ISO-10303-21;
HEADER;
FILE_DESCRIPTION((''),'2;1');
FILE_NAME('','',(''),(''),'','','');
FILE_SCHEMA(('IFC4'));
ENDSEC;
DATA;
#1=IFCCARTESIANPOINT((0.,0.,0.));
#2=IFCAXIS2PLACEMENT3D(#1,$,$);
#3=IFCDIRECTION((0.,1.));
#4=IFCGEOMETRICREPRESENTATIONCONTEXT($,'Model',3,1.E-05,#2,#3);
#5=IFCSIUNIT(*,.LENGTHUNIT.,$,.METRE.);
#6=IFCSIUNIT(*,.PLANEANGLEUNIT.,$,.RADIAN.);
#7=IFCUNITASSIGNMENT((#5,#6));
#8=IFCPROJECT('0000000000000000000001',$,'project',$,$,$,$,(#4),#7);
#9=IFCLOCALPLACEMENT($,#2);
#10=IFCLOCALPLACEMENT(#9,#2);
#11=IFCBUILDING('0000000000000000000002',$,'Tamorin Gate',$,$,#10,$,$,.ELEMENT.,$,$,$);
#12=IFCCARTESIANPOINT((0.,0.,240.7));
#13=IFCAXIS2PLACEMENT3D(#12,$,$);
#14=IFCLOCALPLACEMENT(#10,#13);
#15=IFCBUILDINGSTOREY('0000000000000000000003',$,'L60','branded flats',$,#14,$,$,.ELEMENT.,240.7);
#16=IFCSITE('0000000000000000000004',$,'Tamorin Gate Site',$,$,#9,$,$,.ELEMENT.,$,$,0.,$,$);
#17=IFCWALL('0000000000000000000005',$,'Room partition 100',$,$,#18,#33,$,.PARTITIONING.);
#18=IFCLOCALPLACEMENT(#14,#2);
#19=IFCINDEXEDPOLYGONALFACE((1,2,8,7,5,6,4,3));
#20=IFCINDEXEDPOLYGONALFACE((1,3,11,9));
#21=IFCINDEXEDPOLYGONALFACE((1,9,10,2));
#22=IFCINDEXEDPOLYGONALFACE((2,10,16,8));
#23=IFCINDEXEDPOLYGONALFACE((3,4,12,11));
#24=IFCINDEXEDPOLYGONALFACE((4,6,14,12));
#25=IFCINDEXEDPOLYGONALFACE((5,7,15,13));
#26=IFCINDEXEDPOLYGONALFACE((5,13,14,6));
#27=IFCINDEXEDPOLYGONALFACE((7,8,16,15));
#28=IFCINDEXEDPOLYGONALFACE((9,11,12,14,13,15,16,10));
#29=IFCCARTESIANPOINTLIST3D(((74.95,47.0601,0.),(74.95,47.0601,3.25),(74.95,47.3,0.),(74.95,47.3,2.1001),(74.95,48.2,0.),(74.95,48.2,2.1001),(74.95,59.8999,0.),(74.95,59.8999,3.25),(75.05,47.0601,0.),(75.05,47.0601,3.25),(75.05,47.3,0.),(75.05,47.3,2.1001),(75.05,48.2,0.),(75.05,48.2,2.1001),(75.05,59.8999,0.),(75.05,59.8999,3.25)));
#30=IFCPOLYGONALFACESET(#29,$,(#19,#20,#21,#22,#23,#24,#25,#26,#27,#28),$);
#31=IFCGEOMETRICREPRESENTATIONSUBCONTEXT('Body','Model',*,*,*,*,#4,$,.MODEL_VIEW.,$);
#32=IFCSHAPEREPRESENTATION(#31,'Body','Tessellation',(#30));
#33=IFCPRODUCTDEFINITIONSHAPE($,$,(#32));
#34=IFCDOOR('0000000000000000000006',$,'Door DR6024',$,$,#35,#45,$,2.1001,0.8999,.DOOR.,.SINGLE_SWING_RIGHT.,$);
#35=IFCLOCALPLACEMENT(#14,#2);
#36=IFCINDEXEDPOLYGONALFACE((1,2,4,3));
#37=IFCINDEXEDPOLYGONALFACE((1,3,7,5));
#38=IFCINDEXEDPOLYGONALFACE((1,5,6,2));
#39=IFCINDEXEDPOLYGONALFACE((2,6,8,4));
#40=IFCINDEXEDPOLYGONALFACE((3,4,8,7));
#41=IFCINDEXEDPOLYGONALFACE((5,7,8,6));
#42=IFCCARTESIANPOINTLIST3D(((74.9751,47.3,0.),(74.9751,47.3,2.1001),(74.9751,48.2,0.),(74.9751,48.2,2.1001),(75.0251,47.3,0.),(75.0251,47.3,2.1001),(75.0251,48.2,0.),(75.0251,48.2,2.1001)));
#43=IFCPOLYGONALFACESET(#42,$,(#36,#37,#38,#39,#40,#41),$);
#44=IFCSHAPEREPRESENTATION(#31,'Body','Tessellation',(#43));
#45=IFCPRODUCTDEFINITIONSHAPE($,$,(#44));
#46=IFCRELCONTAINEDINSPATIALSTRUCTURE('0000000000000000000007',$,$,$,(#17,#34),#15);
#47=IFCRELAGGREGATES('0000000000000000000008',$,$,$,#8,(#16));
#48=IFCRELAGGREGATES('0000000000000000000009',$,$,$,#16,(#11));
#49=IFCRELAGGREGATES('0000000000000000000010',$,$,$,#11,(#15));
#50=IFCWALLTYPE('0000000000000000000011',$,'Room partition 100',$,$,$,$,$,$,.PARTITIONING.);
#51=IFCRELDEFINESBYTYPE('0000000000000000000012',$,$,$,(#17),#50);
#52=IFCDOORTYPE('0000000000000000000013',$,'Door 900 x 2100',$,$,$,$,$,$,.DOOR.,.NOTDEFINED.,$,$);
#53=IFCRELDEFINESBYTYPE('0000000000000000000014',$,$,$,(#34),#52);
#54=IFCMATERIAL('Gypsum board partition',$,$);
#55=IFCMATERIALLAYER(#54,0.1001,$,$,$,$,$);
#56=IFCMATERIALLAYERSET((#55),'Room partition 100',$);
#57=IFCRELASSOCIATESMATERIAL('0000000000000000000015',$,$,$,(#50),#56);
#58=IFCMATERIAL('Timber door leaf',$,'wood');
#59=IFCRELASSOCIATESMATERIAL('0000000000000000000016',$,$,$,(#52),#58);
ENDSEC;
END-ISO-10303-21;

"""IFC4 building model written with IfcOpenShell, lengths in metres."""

from ifc_helpers import new_model, si_unit, direction, frame, frame_2d, origin, place, context, subcontext, project, spatial, rectangle, extrude, material, layer, layer_set, type_object, element, fill, save


model = new_model("IFC4")

# Units and contexts
model_context = context("Model", 3, precision=1e-05, world=origin(), true_north=direction((0.0, 1.0)))
body_context = subcontext(model_context, "Body", "Model", "MODEL_VIEW")
ifc_project = project(units=[si_unit("LENGTHUNIT", "METRE"), si_unit("PLANEANGLEUNIT", "RADIAN")], contexts=[model_context])

# Site, building, storey
site_placement = place(None, origin())
site = spatial("IfcSite", under=ifc_project, at=site_placement, Name="Tamorin Gate Site", CompositionType="ELEMENT", RefElevation=0.0)
building_placement = place(site_placement, origin())
building = spatial("IfcBuilding", under=site, at=building_placement, Name="Tamorin Gate", CompositionType="ELEMENT")
storey_placement = place(building_placement, frame((0.0, 0.0, 240.7)))
storey = spatial("IfcBuildingStorey", under=building, at=storey_placement, Name="L60", Description="branded flats", CompositionType="ELEMENT", Elevation=240.7)

# Shared definitions
ifc_material_1 = material(Name="Gypsum board partition")
ifc_layer_1 = layer(ifc_material_1, 0.1001)
ifc_layer_set_1 = layer_set([ifc_layer_1], Name="Room partition 100")
wall_type_1 = type_object("IfcWallType", Name="Room partition 100", PredefinedType="PARTITIONING", material=ifc_layer_set_1)

# Wall, opening, door
wall_1_placement = place(storey_placement, frame((75.0, 47.0601, 0.0), z_axis=(0.0, 0.0, 1.0), x_axis=(0.0, 1.0, 0.0)))
wall_1 = element("IfcWall", 1, at=wall_1_placement, inside=storey, type_object=wall_type_1, Name="Room partition 100", PredefinedType="PARTITIONING", context=body_context, shape_type="SweptSolid", body=[
    extrude(rectangle(XDim=12.8398, YDim=0.1001, at=frame_2d((6.4199, 0.0))), origin(), (0.0, 0.0, 1.0), 3.25),
])
opening_1_placement = place(wall_1_placement, frame((0.24, 0.0, 0.0)))
opening_1 = element("IfcOpeningElement", 2, at=opening_1_placement, cuts=wall_1, PredefinedType="OPENING", context=body_context, shape_type="SweptSolid", body=[
    extrude(rectangle(XDim=0.8999, YDim=2.1001, at=frame_2d((0.45, 1.05))), frame((0.0, 0.0601, 0.0), z_axis=(0.0, -1.0, 0.0), x_axis=(1.0, 0.0, 0.0)), (0.0, 0.0, 1.0), 0.1201),
])
ifc_material_2 = material(Name="Timber door leaf", Category="wood")
door_type = type_object("IfcDoorType", Name="Door 900 x 2100", OperationType="NOTDEFINED", PredefinedType="DOOR", material=ifc_material_2)
door_placement = place(opening_1_placement, origin())
door = element("IfcDoor", 3, at=door_placement, inside=storey, type_object=door_type, Name="Door DR6024", OperationType="SINGLE_SWING_RIGHT", OverallHeight=2.1001, OverallWidth=0.8999, PredefinedType="DOOR", context=body_context, shape_type="SweptSolid", body=[
    extrude(rectangle(XDim=0.8999, YDim=2.1001, at=frame_2d((0.45, 1.05))), frame((0.0, 0.0249, 0.0), z_axis=(0.0, -1.0, 0.0), x_axis=(1.0, 0.0, 0.0)), (0.0, 0.0, 1.0), 0.05),
])
fill(opening_1, door)

save(model, "model.ifc")
